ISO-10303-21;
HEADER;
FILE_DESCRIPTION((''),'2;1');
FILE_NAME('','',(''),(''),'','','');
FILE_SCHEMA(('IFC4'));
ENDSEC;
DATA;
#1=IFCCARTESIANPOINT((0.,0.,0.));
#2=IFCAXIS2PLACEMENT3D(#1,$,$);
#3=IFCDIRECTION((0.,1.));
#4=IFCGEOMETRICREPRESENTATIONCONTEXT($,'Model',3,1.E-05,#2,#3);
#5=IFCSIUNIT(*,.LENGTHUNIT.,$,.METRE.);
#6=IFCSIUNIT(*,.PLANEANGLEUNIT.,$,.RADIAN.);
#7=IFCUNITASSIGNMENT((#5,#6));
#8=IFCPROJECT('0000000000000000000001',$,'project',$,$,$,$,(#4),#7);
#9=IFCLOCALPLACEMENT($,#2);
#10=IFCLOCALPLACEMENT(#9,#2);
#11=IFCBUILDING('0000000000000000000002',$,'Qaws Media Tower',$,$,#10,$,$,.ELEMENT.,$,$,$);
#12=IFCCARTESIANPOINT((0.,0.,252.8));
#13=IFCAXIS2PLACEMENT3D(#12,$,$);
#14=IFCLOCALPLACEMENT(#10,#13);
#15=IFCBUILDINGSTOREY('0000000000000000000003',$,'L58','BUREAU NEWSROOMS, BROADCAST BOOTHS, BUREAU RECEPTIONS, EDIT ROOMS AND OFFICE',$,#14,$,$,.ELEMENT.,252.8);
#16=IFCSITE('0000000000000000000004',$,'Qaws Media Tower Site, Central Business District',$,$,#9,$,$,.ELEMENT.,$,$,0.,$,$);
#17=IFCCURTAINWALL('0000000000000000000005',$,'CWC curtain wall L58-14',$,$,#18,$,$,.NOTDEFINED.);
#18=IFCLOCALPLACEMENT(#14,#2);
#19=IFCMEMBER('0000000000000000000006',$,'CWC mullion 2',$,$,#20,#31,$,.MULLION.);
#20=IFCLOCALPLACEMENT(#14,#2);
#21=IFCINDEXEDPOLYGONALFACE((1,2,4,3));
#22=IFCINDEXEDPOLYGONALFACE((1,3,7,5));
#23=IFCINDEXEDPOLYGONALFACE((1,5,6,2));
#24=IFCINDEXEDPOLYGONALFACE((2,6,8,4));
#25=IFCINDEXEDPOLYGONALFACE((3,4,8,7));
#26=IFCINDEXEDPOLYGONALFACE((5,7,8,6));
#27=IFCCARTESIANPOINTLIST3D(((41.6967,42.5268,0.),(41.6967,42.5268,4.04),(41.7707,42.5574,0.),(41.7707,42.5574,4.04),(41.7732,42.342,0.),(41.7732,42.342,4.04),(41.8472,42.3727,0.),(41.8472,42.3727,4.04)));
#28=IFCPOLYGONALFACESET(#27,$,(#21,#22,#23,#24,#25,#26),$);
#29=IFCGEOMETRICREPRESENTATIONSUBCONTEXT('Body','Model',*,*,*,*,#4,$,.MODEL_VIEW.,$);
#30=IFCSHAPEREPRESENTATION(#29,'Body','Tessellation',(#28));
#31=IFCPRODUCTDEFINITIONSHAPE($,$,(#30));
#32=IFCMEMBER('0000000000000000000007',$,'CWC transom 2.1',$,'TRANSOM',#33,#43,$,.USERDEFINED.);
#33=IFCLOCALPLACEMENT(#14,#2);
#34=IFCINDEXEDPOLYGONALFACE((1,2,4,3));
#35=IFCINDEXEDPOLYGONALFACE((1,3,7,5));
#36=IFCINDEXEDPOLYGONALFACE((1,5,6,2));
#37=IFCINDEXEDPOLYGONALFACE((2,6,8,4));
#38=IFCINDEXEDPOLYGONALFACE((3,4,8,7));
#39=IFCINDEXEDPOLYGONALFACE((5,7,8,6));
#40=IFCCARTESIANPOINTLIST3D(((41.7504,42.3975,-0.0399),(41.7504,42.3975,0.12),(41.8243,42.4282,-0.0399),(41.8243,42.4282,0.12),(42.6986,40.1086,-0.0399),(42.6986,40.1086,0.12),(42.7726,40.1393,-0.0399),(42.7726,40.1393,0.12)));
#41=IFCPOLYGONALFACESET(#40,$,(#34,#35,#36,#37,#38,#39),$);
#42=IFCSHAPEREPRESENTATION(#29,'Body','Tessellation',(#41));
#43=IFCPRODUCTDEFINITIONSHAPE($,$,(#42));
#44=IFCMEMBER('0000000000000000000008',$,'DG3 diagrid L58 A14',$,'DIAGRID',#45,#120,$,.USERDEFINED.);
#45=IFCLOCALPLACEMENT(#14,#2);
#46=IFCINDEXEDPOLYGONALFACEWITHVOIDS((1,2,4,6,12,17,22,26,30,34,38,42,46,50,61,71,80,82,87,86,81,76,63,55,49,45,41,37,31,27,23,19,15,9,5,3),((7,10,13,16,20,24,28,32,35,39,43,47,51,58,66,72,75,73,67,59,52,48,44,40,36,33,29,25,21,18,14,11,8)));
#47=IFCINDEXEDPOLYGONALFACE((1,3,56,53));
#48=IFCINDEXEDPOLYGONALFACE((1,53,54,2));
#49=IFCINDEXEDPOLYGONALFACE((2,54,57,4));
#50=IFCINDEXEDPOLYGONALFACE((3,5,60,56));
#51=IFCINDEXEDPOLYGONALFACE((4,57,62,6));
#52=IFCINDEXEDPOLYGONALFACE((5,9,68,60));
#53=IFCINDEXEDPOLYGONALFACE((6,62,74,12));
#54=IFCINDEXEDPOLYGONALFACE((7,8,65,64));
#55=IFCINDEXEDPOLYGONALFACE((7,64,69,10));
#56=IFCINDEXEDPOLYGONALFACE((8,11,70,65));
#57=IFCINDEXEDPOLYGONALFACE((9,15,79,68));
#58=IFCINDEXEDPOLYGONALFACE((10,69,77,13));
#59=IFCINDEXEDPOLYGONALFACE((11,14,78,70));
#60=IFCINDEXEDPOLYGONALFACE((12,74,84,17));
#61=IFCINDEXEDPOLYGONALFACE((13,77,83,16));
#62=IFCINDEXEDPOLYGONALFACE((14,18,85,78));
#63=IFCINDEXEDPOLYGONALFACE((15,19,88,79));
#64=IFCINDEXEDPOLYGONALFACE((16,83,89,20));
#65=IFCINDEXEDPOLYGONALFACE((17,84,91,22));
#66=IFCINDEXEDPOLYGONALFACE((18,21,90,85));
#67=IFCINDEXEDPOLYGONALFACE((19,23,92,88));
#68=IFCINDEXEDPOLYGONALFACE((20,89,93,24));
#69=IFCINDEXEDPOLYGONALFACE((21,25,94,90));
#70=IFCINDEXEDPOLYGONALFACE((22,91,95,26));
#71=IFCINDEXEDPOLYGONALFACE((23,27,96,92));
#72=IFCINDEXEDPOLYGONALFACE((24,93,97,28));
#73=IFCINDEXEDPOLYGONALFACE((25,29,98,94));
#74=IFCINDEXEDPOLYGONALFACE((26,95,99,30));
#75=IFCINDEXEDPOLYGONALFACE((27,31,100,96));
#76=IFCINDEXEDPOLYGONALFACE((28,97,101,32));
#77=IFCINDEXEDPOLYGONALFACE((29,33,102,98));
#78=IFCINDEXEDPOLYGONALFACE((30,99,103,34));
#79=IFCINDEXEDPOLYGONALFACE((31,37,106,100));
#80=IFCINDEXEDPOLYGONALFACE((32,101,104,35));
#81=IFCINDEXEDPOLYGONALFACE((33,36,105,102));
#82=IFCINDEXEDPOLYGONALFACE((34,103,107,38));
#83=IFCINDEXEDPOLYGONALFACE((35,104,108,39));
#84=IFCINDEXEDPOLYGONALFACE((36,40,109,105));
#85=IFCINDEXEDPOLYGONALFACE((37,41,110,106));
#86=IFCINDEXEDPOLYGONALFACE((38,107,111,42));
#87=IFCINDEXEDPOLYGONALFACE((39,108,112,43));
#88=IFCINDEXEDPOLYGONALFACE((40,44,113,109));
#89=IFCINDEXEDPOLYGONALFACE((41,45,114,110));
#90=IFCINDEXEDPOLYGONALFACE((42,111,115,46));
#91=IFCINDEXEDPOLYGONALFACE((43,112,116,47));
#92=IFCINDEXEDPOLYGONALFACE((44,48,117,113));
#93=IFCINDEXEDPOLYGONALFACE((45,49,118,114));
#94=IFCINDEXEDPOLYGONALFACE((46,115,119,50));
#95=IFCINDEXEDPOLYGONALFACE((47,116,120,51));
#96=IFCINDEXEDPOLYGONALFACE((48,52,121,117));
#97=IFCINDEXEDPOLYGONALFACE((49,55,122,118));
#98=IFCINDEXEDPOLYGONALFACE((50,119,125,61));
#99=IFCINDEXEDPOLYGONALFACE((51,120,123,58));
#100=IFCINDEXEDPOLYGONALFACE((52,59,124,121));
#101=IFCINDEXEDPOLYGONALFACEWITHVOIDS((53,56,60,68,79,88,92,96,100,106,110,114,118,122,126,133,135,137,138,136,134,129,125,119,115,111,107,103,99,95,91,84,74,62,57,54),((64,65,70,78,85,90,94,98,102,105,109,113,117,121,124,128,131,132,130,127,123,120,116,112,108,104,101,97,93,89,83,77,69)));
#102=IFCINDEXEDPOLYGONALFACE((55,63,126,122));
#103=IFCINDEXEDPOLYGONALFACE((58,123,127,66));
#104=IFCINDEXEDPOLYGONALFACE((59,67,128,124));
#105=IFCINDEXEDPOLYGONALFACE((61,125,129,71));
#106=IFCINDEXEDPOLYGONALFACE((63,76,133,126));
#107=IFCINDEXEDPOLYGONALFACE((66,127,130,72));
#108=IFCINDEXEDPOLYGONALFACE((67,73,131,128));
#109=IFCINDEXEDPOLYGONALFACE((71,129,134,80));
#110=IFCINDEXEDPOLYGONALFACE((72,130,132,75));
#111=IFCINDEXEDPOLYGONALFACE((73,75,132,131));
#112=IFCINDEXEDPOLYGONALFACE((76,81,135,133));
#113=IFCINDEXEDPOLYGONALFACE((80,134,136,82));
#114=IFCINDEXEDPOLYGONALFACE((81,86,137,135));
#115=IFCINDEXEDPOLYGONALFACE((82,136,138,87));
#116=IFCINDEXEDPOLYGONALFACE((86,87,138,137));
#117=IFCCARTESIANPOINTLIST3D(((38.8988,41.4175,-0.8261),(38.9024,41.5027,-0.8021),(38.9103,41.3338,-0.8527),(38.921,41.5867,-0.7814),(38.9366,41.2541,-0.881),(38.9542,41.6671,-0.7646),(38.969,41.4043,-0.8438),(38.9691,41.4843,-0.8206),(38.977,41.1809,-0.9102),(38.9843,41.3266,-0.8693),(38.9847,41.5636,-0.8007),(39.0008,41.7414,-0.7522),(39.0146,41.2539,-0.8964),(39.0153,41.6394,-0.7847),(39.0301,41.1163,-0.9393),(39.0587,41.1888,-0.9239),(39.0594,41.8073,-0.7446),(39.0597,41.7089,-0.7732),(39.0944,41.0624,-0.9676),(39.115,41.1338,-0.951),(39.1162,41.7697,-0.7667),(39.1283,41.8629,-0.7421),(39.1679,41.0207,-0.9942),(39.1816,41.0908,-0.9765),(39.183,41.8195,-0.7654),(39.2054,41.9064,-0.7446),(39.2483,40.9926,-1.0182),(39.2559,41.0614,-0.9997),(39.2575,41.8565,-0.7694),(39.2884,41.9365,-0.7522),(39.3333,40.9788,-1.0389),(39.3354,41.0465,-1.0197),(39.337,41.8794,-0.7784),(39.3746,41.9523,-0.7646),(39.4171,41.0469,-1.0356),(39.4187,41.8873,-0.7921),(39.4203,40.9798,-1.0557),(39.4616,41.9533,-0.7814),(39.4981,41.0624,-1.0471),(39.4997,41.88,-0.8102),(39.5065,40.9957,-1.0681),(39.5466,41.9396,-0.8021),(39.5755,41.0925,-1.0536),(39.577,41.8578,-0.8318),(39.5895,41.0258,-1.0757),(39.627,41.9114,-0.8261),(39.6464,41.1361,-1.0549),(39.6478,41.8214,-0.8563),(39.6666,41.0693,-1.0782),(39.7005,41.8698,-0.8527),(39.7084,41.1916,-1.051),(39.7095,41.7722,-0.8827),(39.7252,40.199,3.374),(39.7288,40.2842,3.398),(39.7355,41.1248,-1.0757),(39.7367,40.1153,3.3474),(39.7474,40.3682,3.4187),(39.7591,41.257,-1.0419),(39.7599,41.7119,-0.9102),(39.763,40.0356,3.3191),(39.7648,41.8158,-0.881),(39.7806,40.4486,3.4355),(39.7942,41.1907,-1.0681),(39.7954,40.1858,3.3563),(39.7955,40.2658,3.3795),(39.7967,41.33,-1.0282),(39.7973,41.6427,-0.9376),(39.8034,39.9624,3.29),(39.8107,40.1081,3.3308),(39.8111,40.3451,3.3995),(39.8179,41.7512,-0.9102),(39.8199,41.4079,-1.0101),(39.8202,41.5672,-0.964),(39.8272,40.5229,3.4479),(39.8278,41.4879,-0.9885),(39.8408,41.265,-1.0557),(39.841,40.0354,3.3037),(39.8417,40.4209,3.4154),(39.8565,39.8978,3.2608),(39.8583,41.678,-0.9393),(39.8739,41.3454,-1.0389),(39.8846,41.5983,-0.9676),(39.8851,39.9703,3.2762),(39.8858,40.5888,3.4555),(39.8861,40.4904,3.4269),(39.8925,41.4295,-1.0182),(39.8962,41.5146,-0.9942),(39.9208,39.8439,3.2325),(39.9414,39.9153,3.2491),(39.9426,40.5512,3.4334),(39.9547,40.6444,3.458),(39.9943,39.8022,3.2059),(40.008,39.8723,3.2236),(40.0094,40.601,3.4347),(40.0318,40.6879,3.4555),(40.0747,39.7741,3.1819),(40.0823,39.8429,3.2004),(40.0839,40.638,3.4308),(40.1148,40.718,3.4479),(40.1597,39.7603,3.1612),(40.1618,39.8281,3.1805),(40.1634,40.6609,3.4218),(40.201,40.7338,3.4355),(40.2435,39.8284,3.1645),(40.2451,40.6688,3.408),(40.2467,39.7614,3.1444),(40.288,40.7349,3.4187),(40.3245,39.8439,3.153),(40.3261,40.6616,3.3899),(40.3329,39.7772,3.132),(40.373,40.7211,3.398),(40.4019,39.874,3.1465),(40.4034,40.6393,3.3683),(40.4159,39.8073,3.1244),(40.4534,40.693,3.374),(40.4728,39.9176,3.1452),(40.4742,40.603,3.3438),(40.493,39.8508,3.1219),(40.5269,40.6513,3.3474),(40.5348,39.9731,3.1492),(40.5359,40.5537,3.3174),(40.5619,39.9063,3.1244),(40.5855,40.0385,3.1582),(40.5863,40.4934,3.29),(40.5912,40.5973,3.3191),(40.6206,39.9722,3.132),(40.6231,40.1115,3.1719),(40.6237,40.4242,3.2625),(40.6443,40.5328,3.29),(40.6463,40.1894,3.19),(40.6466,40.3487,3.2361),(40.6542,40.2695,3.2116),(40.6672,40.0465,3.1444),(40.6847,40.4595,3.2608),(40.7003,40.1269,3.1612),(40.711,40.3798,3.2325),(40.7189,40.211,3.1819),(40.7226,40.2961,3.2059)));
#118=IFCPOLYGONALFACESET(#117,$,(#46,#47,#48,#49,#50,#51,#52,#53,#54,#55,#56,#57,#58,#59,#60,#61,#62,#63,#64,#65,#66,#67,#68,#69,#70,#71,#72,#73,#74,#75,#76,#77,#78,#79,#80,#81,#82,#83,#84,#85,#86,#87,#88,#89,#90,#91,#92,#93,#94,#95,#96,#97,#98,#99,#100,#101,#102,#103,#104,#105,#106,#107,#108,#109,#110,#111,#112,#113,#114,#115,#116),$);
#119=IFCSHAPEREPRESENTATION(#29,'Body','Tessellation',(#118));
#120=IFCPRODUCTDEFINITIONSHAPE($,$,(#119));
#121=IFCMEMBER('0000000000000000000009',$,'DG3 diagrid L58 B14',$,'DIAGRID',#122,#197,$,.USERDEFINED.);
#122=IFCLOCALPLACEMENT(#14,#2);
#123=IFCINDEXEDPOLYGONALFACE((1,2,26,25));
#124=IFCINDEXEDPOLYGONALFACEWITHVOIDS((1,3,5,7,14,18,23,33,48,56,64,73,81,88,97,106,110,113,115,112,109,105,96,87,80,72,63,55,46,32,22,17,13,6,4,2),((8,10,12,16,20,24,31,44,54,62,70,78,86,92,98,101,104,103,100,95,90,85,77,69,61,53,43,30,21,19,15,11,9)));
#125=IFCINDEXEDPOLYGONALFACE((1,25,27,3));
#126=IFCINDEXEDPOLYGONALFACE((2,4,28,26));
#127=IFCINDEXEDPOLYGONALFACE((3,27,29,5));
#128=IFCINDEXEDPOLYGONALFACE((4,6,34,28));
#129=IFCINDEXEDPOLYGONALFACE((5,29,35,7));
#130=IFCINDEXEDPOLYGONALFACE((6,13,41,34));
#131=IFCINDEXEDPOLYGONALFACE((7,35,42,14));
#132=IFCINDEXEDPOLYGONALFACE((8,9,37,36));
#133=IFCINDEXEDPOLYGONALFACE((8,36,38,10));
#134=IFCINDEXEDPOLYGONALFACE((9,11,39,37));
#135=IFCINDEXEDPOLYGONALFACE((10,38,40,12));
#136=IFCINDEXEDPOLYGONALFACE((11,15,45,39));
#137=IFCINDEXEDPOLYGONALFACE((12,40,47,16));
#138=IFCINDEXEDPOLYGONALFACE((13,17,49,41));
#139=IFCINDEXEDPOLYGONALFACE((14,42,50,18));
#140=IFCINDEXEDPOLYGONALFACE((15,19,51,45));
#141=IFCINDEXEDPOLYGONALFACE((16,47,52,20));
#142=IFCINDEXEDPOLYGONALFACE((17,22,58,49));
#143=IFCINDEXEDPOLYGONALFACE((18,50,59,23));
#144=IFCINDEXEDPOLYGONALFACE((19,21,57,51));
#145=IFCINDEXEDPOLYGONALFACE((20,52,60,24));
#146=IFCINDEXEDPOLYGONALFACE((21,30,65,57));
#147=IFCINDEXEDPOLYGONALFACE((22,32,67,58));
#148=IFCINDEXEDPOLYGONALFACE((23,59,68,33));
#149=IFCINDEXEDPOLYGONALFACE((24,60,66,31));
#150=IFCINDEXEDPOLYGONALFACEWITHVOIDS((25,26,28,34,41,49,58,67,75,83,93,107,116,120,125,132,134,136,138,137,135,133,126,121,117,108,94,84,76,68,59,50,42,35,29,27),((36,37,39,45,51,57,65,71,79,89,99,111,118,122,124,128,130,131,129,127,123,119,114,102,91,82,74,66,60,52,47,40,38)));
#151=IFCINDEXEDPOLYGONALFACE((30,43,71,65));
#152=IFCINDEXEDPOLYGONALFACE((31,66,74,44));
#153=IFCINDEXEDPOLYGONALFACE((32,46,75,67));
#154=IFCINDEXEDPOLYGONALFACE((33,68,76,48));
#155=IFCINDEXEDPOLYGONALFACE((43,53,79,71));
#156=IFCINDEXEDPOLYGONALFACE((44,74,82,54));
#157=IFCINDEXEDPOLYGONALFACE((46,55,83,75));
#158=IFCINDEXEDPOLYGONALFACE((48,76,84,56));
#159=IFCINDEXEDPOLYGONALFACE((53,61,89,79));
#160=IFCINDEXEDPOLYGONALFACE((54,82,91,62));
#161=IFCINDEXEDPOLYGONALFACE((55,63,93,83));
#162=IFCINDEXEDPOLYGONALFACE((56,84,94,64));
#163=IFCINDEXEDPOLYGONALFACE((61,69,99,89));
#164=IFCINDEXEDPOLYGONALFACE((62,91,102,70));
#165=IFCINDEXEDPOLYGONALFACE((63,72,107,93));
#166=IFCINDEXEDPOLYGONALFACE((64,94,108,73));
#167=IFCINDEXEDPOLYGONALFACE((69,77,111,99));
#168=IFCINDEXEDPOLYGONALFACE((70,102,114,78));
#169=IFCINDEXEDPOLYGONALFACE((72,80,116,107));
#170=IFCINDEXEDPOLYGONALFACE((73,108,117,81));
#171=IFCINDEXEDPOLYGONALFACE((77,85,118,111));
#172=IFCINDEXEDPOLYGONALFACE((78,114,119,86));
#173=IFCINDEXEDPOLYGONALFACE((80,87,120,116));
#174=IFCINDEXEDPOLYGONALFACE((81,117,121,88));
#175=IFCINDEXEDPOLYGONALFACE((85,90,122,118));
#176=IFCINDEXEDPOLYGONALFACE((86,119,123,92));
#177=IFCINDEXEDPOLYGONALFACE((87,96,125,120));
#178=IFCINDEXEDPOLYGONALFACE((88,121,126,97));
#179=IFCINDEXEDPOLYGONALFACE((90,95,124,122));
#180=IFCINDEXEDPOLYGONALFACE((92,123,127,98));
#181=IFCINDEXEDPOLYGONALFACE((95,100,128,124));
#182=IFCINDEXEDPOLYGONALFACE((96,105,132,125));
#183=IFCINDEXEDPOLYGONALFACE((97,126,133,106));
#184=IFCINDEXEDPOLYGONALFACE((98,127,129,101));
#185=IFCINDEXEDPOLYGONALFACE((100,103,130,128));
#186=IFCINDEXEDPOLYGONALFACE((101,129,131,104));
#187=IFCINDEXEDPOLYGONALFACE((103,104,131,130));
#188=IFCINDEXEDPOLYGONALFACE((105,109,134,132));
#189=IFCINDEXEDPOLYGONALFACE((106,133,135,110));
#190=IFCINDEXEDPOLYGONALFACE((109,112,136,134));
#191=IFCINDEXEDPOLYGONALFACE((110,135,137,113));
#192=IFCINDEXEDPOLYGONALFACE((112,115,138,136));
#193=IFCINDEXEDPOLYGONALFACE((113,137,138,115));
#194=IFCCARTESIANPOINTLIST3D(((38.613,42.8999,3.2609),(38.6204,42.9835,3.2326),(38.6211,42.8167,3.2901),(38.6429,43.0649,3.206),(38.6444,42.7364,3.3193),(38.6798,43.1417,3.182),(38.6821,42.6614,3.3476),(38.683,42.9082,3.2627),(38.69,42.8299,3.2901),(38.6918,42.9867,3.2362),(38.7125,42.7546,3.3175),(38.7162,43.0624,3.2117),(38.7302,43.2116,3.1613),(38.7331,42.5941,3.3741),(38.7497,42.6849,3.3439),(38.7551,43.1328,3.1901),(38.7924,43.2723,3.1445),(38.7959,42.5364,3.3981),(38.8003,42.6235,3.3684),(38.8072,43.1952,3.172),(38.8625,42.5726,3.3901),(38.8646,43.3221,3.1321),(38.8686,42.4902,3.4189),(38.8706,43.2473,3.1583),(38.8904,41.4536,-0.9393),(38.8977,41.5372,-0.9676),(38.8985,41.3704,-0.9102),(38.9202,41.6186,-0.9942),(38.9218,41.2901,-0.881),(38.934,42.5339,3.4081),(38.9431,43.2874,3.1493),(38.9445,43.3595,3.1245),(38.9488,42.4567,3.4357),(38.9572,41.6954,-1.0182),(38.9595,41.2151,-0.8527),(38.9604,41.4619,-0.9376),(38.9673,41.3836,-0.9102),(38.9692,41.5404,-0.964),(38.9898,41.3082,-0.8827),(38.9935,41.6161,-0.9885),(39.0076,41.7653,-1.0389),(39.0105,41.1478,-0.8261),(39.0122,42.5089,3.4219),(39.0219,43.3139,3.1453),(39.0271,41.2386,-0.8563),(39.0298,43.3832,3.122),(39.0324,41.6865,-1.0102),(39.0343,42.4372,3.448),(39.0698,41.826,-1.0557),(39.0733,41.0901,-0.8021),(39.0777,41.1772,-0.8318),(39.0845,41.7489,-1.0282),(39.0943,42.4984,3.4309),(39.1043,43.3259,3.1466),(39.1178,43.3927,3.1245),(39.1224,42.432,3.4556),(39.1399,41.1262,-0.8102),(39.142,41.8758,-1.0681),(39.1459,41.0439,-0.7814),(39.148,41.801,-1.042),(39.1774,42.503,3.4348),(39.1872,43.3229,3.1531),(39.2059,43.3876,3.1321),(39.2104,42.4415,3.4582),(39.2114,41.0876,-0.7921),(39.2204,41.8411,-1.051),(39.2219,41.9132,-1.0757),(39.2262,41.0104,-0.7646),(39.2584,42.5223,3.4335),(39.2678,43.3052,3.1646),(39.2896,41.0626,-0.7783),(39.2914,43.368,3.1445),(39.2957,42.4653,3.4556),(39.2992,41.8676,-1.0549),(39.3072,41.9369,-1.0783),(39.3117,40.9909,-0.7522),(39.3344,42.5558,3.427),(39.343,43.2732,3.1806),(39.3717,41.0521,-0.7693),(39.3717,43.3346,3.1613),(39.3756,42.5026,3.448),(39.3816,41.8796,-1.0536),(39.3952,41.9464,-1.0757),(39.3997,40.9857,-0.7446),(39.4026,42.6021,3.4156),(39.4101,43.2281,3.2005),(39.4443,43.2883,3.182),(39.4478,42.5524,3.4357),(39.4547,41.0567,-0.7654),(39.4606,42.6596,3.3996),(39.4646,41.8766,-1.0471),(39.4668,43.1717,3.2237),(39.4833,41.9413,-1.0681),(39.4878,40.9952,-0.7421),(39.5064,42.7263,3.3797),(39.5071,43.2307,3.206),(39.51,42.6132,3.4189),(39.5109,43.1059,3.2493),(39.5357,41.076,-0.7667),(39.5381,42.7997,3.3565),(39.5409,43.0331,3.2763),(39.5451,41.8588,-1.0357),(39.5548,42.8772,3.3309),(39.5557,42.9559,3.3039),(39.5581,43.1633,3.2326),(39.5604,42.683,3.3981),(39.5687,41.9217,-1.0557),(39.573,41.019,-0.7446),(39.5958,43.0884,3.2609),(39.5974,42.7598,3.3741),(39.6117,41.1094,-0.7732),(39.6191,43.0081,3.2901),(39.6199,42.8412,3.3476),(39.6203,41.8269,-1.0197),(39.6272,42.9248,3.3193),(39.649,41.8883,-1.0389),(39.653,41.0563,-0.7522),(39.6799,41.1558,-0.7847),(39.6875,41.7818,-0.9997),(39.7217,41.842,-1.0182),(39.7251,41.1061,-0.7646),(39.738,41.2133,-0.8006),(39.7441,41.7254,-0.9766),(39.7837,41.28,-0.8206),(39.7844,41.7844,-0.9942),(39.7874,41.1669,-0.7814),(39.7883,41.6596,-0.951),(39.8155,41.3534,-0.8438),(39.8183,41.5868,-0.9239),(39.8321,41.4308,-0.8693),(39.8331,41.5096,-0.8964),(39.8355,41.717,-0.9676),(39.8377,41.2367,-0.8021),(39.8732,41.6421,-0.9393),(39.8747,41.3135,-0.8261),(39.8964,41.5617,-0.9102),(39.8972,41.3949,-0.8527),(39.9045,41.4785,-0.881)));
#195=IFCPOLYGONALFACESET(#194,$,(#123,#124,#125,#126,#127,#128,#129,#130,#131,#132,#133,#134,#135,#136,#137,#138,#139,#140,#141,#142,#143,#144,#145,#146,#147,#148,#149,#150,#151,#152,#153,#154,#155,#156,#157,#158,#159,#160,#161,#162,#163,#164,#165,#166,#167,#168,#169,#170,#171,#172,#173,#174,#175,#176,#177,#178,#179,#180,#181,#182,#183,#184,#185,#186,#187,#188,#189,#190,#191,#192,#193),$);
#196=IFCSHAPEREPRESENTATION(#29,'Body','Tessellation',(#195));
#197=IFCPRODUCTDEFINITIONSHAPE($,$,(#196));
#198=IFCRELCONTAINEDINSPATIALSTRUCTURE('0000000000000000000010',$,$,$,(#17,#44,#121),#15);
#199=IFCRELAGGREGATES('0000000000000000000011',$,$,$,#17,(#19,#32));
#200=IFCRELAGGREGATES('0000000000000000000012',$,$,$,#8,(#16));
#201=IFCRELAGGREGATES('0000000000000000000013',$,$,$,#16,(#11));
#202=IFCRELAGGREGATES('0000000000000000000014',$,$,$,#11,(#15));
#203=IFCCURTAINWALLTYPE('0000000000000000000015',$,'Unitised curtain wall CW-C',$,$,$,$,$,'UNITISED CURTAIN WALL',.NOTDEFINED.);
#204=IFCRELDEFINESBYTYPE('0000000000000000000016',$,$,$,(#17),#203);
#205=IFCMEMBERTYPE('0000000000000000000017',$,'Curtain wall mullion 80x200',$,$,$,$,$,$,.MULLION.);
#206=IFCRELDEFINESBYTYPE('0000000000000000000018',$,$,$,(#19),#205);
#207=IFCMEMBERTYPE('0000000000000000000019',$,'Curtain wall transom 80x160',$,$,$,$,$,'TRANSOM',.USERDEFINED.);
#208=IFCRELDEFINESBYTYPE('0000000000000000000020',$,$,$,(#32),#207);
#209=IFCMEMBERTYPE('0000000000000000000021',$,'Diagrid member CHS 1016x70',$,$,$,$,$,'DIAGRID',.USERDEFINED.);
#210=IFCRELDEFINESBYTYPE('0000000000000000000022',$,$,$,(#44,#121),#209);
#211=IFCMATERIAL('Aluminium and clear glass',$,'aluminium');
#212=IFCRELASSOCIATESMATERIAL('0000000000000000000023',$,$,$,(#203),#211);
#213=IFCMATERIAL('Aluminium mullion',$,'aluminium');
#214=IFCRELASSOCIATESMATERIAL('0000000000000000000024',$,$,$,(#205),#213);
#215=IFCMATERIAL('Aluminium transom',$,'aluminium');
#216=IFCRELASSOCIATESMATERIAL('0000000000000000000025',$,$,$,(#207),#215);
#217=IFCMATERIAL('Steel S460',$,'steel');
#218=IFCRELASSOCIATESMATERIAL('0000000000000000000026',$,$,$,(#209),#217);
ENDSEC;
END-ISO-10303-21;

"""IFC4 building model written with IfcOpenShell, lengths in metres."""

from ifc_helpers import new_model, si_unit, direction, frame, origin, origin_2d, place, context, subcontext, project, spatial, rectangle, hollow_circle, extrude, material, material_profile, profile_set, type_object, element, aggregate, save


model = new_model("IFC4")

# Units and contexts
model_context = context("Model", 3, precision=1e-05, world=origin(), true_north=direction((0.0, 1.0)))
body_context = subcontext(model_context, "Body", "Model", "MODEL_VIEW")
ifc_project = project(units=[si_unit("LENGTHUNIT", "METRE"), si_unit("PLANEANGLEUNIT", "RADIAN")], contexts=[model_context])

# Site, building, storey
site_placement = place(None, origin())
site = spatial("IfcSite", under=ifc_project, at=site_placement, Name="Qaws Media Tower Site, Central Business District", CompositionType="ELEMENT", RefElevation=0.0)
building_placement = place(site_placement, origin())
building = spatial("IfcBuilding", under=site, at=building_placement, Name="Qaws Media Tower", CompositionType="ELEMENT")
storey_placement = place(building_placement, frame((0.0, 0.0, 252.8)))
storey = spatial("IfcBuildingStorey", under=building, at=storey_placement, Name="L58", Description="BUREAU NEWSROOMS, BROADCAST BOOTHS, BUREAU RECEPTIONS, EDIT ROOMS AND OFFICE", CompositionType="ELEMENT", Elevation=252.8)

# Curtain wall, members
ifc_material_1 = material(Name="Aluminium and clear glass", Category="aluminium")
curtain_wall_type = type_object("IfcCurtainWallType", Name="Unitised curtain wall CW-C", ElementType="UNITISED CURTAIN WALL", PredefinedType="NOTDEFINED", material=ifc_material_1)
curtain_wall_placement = place(storey_placement, origin())
curtain_wall = element("IfcCurtainWall", 1, at=curtain_wall_placement, inside=storey, type_object=curtain_wall_type, Name="CWC curtain wall L58-14", PredefinedType="NOTDEFINED")
ifc_material_2 = material(Name="Aluminium mullion", Category="aluminium")
ifc_material_profile_1 = material_profile(ifc_material_2, rectangle(XDim=0.0801, YDim=0.2, at=origin_2d()), Name="80x200")
ifc_profile_set_1 = profile_set([ifc_material_profile_1], Name="Aluminium mullion")
member_type_1 = type_object("IfcMemberType", Name="Curtain wall mullion 80x200", PredefinedType="MULLION", material=ifc_profile_set_1)
member_1_placement = place(storey_placement, frame((41.772, 42.4497, 0.0), z_axis=(0.0, 0.0, 1.0), x_axis=(0.92388, 0.382683, 0.0)))
member_1 = element("IfcMember", 2, at=member_1_placement, type_object=member_type_1, Name="CWC mullion 2", PredefinedType="MULLION", context=body_context, shape_type="SweptSolid", body=[
    extrude(rectangle(XDim=0.0801, YDim=0.2, at=origin_2d()), origin(), (0.0, 0.0, 1.0), 4.04),
])
ifc_material_3 = material(Name="Aluminium transom", Category="aluminium")
ifc_material_profile_2 = material_profile(ifc_material_3, rectangle(XDim=0.0801, YDim=0.1599, at=origin_2d()), Name="80x160")
ifc_profile_set_2 = profile_set([ifc_material_profile_2], Name="Aluminium transom")
member_type_2 = type_object("IfcMemberType", Name="Curtain wall transom 80x160", ElementType="TRANSOM", PredefinedType="USERDEFINED", material=ifc_profile_set_2)
member_2_placement = place(storey_placement, frame((41.7874, 42.4128, 0.04), z_axis=(0.382746, -0.923853, 0.0), x_axis=(0.923853, 0.382746, 0.0)))
member_2 = element("IfcMember", 3, at=member_2_placement, type_object=member_type_2, Name="CWC transom 2.1", ObjectType="TRANSOM", PredefinedType="USERDEFINED", context=body_context, shape_type="SweptSolid", body=[
    extrude(rectangle(XDim=0.0801, YDim=0.1599, at=origin_2d()), origin(), (0.0, 0.0, 1.0), 2.4775),
])

# Members
ifc_material_4 = material(Name="Steel S460", Category="steel")
ifc_material_profile_3 = material_profile(ifc_material_4, hollow_circle(Radius=0.5081, WallThickness=0.0701, at=origin_2d()), Name="CHS 1016x70")
ifc_profile_set_3 = profile_set([ifc_material_profile_3], Name="Steel S460")
member_type_3 = type_object("IfcMemberType", Name="Diagrid member CHS 1016x70", ElementType="DIAGRID", PredefinedType="USERDEFINED", material=ifc_profile_set_3)
member_3_placement = place(storey_placement, frame((39.3975, 41.4661, -0.9102), z_axis=(0.185679, -0.273774, 0.943701), x_axis=(0.827611, 0.561303, 0.0)))
element("IfcMember", 4, at=member_3_placement, inside=storey, type_object=member_type_3, Name="DG3 diagrid L58 A14", ObjectType="DIAGRID", PredefinedType="USERDEFINED", context=body_context, shape_type="SweptSolid", body=[
    extrude(hollow_circle(Radius=0.5081, WallThickness=0.0701, at=origin_2d()), origin(), (0.0, 0.0, 1.0), 4.4507),
])
member_4_placement = place(storey_placement, frame((39.3975, 41.4661, -0.9102), z_axis=(-0.062312, 0.324945, 0.943678), x_axis=(-0.982106, -0.188331, 0.0)))
element("IfcMember", 5, at=member_4_placement, inside=storey, type_object=member_type_3, Name="DG3 diagrid L58 B14", ObjectType="DIAGRID", PredefinedType="USERDEFINED", context=body_context, shape_type="SweptSolid", body=[
    extrude(hollow_circle(Radius=0.5081, WallThickness=0.0701, at=origin_2d()), origin(), (0.0, 0.0, 1.0), 4.4509),
])

aggregate(curtain_wall, [member_1, member_2])

save(model, "model.ifc")
